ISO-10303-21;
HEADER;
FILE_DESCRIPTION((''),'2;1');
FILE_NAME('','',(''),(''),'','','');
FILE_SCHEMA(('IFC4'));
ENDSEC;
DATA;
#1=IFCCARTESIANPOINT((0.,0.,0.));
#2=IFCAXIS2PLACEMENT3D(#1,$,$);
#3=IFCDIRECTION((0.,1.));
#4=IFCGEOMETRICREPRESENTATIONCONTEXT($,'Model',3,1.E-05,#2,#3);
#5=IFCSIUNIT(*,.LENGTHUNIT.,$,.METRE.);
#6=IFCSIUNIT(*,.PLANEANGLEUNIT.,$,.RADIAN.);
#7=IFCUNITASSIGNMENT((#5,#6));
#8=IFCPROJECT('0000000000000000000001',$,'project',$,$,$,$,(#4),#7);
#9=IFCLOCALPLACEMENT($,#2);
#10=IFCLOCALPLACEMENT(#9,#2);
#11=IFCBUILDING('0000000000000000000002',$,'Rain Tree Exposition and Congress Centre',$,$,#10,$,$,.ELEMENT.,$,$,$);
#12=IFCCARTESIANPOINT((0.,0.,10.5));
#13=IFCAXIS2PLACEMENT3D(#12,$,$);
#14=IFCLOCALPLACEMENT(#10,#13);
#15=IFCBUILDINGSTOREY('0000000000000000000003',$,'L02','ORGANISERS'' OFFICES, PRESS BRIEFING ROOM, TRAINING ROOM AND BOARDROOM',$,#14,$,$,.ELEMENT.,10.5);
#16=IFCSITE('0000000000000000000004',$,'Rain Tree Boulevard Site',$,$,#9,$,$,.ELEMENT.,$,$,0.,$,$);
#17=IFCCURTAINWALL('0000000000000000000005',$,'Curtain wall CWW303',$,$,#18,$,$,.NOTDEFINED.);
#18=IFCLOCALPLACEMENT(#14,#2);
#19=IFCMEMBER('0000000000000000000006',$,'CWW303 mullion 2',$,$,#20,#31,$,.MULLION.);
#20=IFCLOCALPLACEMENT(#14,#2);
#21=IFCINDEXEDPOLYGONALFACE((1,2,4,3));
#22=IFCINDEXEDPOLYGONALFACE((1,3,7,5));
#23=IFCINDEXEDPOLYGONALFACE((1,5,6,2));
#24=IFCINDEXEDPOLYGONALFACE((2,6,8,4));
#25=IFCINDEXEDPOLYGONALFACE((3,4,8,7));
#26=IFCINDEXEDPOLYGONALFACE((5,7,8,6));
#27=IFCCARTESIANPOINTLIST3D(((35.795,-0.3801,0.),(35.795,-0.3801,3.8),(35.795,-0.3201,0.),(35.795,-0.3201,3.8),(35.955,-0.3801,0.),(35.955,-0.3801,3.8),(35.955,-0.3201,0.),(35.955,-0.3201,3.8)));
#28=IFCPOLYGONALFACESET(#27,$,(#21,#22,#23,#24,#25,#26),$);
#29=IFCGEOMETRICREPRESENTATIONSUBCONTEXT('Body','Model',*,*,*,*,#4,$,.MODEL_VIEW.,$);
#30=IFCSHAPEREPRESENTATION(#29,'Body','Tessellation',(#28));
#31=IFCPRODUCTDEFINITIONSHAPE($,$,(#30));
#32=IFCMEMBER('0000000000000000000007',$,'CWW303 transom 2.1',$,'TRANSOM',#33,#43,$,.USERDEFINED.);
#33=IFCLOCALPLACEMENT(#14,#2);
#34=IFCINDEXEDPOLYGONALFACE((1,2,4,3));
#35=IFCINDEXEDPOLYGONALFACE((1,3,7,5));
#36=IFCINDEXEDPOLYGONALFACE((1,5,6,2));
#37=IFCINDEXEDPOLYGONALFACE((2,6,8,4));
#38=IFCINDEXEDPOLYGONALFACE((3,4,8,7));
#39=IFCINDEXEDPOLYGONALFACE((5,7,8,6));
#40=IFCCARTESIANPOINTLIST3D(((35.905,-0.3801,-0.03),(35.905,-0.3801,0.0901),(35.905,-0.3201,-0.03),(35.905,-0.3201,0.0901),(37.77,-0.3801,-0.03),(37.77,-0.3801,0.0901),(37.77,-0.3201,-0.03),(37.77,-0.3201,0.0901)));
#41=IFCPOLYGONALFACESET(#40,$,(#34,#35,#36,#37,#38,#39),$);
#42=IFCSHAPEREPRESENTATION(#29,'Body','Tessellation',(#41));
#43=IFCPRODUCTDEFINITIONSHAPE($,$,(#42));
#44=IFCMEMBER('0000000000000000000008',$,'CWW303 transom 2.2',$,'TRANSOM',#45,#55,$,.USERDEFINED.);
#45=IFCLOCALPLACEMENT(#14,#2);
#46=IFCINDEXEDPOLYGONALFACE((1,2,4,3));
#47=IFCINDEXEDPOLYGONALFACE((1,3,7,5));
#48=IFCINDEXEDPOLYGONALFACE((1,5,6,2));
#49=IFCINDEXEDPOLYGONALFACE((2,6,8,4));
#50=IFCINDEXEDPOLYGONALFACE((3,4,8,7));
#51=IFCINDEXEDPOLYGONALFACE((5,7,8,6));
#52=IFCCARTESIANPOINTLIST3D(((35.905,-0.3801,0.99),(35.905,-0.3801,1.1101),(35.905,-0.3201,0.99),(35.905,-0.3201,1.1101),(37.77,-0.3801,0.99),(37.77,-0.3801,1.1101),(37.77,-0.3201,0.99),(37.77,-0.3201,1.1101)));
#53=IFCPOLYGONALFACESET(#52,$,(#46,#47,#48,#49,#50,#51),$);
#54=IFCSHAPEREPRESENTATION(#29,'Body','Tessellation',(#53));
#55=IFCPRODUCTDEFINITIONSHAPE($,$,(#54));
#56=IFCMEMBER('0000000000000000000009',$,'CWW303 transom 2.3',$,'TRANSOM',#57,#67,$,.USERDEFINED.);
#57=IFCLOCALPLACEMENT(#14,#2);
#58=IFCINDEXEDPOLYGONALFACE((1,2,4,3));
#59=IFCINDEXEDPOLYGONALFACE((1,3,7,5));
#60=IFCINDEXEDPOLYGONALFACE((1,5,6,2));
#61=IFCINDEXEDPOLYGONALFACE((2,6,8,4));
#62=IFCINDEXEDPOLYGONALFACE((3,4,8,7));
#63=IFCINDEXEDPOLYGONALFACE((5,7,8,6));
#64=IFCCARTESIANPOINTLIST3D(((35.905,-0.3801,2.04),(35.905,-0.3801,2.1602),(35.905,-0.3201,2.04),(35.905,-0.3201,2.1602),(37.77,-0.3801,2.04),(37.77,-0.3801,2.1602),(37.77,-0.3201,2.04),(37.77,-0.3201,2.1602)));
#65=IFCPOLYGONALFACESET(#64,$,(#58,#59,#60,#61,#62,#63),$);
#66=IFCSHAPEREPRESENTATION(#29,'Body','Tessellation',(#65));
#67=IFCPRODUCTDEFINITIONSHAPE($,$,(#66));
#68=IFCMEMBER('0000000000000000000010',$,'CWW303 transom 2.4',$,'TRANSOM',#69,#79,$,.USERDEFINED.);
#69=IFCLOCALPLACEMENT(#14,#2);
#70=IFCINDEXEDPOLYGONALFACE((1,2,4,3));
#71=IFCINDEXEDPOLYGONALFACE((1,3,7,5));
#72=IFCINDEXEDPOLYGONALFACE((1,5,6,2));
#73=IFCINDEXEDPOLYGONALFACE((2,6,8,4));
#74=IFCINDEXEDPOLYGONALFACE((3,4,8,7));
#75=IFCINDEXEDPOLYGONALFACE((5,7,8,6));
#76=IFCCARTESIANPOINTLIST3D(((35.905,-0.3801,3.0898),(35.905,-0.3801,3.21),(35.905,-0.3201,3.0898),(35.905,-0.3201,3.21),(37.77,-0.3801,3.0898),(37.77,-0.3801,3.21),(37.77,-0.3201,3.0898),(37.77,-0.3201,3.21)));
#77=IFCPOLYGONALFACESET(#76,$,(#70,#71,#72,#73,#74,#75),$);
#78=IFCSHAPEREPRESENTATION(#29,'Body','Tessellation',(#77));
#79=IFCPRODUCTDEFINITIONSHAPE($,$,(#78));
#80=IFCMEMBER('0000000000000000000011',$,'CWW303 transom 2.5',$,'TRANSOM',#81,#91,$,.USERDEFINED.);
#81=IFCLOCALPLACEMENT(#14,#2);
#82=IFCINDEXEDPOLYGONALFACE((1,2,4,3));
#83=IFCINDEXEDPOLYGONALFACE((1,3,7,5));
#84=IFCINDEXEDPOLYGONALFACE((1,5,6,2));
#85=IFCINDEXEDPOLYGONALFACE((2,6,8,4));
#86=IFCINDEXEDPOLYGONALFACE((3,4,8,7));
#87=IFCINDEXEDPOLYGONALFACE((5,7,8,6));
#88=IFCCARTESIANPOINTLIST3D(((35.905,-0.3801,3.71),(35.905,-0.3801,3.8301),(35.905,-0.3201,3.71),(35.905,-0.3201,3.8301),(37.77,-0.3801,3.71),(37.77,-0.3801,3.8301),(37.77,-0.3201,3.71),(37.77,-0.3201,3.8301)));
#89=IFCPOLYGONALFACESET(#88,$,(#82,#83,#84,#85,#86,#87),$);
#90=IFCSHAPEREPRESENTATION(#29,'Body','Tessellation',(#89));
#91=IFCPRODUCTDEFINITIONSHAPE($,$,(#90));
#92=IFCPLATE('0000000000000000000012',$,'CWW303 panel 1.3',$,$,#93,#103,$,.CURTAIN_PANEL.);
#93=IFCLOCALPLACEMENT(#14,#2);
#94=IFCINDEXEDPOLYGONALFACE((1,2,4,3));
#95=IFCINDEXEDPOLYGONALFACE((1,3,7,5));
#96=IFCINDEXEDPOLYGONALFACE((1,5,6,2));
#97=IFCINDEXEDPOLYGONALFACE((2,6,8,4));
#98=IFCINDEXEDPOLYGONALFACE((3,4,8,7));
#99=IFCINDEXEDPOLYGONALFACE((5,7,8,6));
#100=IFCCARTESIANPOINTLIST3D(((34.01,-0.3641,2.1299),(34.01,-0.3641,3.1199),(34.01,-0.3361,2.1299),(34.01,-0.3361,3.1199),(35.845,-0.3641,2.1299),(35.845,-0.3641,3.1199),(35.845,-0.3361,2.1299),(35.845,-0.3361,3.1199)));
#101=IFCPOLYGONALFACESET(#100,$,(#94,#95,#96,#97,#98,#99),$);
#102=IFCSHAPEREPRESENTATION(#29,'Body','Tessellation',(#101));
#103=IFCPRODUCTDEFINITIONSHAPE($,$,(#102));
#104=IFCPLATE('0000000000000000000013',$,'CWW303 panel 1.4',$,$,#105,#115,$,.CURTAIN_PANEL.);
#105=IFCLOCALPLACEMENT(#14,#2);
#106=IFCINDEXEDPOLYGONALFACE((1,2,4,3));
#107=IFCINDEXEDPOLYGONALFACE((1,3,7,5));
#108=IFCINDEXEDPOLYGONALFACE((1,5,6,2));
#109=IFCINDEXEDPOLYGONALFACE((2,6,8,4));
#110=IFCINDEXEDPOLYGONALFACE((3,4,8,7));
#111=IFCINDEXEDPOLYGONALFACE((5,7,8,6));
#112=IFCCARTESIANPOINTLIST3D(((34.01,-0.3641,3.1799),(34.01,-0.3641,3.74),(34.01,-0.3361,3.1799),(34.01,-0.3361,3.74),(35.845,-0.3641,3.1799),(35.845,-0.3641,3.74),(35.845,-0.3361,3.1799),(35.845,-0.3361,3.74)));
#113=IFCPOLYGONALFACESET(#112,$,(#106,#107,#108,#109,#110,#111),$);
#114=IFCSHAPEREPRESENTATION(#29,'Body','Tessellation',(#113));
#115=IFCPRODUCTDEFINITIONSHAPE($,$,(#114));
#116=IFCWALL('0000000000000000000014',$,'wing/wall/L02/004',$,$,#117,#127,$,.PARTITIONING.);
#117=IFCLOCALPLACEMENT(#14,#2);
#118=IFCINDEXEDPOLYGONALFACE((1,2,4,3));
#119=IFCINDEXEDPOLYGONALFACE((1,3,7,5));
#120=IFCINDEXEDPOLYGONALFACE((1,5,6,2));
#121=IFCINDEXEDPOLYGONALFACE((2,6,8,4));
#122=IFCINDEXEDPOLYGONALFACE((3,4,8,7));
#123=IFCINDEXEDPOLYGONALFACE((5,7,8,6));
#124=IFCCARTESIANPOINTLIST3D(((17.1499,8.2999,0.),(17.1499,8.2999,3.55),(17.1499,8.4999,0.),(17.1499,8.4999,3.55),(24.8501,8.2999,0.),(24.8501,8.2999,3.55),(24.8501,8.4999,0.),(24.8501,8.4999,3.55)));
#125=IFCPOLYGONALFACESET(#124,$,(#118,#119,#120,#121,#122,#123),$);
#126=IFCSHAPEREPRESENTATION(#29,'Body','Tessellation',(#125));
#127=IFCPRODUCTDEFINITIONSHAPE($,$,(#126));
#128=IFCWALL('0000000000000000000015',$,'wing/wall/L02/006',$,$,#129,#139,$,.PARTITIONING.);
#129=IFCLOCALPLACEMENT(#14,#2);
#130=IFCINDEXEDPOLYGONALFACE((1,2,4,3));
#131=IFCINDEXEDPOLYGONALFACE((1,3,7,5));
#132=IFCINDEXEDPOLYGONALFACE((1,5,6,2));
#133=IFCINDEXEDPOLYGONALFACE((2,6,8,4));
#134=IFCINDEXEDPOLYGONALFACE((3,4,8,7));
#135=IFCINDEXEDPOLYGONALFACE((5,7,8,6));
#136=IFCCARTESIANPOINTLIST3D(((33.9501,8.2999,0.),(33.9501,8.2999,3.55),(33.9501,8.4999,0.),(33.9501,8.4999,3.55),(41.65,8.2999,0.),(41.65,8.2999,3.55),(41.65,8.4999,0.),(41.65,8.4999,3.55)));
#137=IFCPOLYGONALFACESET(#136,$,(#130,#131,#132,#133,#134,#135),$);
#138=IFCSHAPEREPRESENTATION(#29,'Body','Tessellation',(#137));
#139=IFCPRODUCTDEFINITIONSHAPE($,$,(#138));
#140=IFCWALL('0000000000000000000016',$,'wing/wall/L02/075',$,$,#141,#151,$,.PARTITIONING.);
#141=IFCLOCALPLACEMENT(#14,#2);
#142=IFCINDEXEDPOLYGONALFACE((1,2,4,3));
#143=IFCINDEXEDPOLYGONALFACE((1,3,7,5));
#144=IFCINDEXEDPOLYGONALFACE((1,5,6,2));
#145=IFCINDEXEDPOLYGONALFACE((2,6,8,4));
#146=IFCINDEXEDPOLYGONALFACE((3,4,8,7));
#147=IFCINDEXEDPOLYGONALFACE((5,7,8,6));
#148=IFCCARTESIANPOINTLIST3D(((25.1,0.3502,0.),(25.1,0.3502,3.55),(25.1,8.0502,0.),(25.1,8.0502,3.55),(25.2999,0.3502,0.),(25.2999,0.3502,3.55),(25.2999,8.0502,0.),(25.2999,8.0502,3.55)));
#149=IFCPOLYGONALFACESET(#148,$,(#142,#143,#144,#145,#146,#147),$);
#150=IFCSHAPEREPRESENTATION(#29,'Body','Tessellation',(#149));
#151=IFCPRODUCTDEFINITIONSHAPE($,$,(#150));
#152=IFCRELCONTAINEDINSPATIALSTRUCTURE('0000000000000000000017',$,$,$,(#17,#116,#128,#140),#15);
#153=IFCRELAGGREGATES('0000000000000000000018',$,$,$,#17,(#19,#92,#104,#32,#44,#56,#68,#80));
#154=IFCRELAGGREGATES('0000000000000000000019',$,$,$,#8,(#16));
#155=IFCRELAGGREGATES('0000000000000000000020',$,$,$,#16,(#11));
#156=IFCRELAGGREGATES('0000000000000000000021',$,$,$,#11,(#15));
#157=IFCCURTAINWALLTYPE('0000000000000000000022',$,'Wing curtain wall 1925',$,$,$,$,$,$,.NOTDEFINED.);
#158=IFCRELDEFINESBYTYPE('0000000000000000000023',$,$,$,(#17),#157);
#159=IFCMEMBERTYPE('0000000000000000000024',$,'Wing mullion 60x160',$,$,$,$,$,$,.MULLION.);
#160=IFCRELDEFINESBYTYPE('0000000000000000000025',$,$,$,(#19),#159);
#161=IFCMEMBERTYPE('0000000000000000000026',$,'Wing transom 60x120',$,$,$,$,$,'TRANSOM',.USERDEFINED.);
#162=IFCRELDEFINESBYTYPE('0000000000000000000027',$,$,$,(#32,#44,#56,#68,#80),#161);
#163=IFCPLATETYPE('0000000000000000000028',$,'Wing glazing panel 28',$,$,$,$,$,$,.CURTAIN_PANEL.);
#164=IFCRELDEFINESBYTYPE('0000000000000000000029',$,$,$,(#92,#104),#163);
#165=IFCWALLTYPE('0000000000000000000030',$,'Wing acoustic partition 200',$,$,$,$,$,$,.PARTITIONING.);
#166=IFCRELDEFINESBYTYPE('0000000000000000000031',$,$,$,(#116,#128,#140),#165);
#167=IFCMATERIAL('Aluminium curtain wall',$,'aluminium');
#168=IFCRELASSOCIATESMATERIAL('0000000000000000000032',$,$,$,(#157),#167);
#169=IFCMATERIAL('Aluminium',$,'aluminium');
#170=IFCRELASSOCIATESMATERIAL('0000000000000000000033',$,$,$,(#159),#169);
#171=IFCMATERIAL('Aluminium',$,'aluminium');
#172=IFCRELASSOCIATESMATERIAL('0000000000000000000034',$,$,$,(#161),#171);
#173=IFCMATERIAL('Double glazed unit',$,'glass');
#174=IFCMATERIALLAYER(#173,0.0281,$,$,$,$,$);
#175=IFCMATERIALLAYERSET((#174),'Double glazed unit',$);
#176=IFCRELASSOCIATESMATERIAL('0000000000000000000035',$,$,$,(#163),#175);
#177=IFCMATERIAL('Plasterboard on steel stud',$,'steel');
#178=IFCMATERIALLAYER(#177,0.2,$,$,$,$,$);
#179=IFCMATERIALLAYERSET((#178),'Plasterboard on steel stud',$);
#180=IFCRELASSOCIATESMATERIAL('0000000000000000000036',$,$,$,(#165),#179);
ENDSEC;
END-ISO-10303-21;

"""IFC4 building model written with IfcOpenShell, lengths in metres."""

from ifc_helpers import new_model, si_unit, direction, frame, frame_2d, origin, origin_2d, place, context, subcontext, project, spatial, rectangle, extrude, material, layer, layer_set, material_profile, profile_set, type_object, element, aggregate, save


model = new_model("IFC4")

# Units and contexts
model_context = context("Model", 3, precision=1e-05, world=origin(), true_north=direction((0.0, 1.0)))
body_context = subcontext(model_context, "Body", "Model", "MODEL_VIEW")
ifc_project = project(units=[si_unit("LENGTHUNIT", "METRE"), si_unit("PLANEANGLEUNIT", "RADIAN")], contexts=[model_context])

# Site, building, storey
site_placement = place(None, origin())
site = spatial("IfcSite", under=ifc_project, at=site_placement, Name="Rain Tree Boulevard Site", CompositionType="ELEMENT", RefElevation=0.0)
building_placement = place(site_placement, origin())
building = spatial("IfcBuilding", under=site, at=building_placement, Name="Rain Tree Exposition and Congress Centre", CompositionType="ELEMENT")
storey_placement = place(building_placement, frame((0.0, 0.0, 10.5)))
storey = spatial("IfcBuildingStorey", under=building, at=storey_placement, Name="L02", Description="ORGANISERS' OFFICES, PRESS BRIEFING ROOM, TRAINING ROOM AND BOARDROOM", CompositionType="ELEMENT", Elevation=10.5)

# Curtain wall, members, plates
ifc_material_1 = material(Name="Aluminium curtain wall", Category="aluminium")
curtain_wall_type = type_object("IfcCurtainWallType", Name="Wing curtain wall 1925", PredefinedType="NOTDEFINED", material=ifc_material_1)
curtain_wall_placement = place(storey_placement, origin())
curtain_wall = element("IfcCurtainWall", 1, at=curtain_wall_placement, inside=storey, type_object=curtain_wall_type, Name="Curtain wall CWW303", PredefinedType="NOTDEFINED")
ifc_material_2 = material(Name="Aluminium", Category="aluminium")
ifc_material_profile_1 = material_profile(ifc_material_2, rectangle(XDim=0.0601, YDim=0.1599, at=origin_2d()), Name="Aluminium 60x160")
ifc_profile_set_1 = profile_set([ifc_material_profile_1], Name="Aluminium")
member_type_1 = type_object("IfcMemberType", Name="Wing mullion 60x160", PredefinedType="MULLION", material=ifc_profile_set_1)
member_1_placement = place(storey_placement, frame((35.875, -0.3501, 0.0), z_axis=(0.0, 0.0, 1.0), x_axis=(0.0, 1.0, 0.0)))
member_1 = element("IfcMember", 2, at=member_1_placement, type_object=member_type_1, Name="CWW303 mullion 2", PredefinedType="MULLION", context=body_context, shape_type="SweptSolid", body=[
    extrude(rectangle(XDim=0.0601, YDim=0.1599, at=origin_2d()), origin(), (0.0, 0.0, 1.0), 3.8),
])
ifc_material_3 = material(Name="Aluminium", Category="aluminium")
ifc_material_profile_2 = material_profile(ifc_material_3, rectangle(XDim=0.0601, YDim=0.1201, at=origin_2d()), Name="Aluminium 60x120")
ifc_profile_set_2 = profile_set([ifc_material_profile_2], Name="Aluminium")
member_type_2 = type_object("IfcMemberType", Name="Wing transom 60x120", ElementType="TRANSOM", PredefinedType="USERDEFINED", material=ifc_profile_set_2)
member_2_placement = place(storey_placement, frame((35.905, -0.3501, 0.03), z_axis=(1.0, 0.0, 0.0), x_axis=(0.0, 1.0, 0.0)))
member_2 = element("IfcMember", 3, at=member_2_placement, type_object=member_type_2, Name="CWW303 transom 2.1", ObjectType="TRANSOM", PredefinedType="USERDEFINED", context=body_context, shape_type="SweptSolid", body=[
    extrude(rectangle(XDim=0.0601, YDim=0.1201, at=origin_2d()), origin(), (0.0, 0.0, 1.0), 1.865),
])
member_3_placement = place(storey_placement, frame((35.905, -0.3501, 1.05), z_axis=(1.0, 0.0, 0.0), x_axis=(0.0, 1.0, 0.0)))
member_3 = element("IfcMember", 4, at=member_3_placement, type_object=member_type_2, Name="CWW303 transom 2.2", ObjectType="TRANSOM", PredefinedType="USERDEFINED", context=body_context, shape_type="SweptSolid", body=[
    extrude(rectangle(XDim=0.0601, YDim=0.1201, at=origin_2d()), origin(), (0.0, 0.0, 1.0), 1.865),
])
member_4_placement = place(storey_placement, frame((35.905, -0.3501, 2.1001), z_axis=(1.0, 0.0, 0.0), x_axis=(0.0, 1.0, 0.0)))
member_4 = element("IfcMember", 5, at=member_4_placement, type_object=member_type_2, Name="CWW303 transom 2.3", ObjectType="TRANSOM", PredefinedType="USERDEFINED", context=body_context, shape_type="SweptSolid", body=[
    extrude(rectangle(XDim=0.0601, YDim=0.1201, at=origin_2d()), origin(), (0.0, 0.0, 1.0), 1.865),
])
member_5_placement = place(storey_placement, frame((35.905, -0.3501, 3.1499), z_axis=(1.0, 0.0, 0.0), x_axis=(0.0, 1.0, 0.0)))
member_5 = element("IfcMember", 6, at=member_5_placement, type_object=member_type_2, Name="CWW303 transom 2.4", ObjectType="TRANSOM", PredefinedType="USERDEFINED", context=body_context, shape_type="SweptSolid", body=[
    extrude(rectangle(XDim=0.0601, YDim=0.1201, at=origin_2d()), origin(), (0.0, 0.0, 1.0), 1.865),
])
member_6_placement = place(storey_placement, frame((35.905, -0.3501, 3.77), z_axis=(1.0, 0.0, 0.0), x_axis=(0.0, 1.0, 0.0)))
member_6 = element("IfcMember", 7, at=member_6_placement, type_object=member_type_2, Name="CWW303 transom 2.5", ObjectType="TRANSOM", PredefinedType="USERDEFINED", context=body_context, shape_type="SweptSolid", body=[
    extrude(rectangle(XDim=0.0601, YDim=0.1201, at=origin_2d()), origin(), (0.0, 0.0, 1.0), 1.865),
])
ifc_material_4 = material(Name="Double glazed unit", Category="glass")
ifc_layer_1 = layer(ifc_material_4, 0.0281)
ifc_layer_set_1 = layer_set([ifc_layer_1], Name="Double glazed unit")
plate_type = type_object("IfcPlateType", Name="Wing glazing panel 28", PredefinedType="CURTAIN_PANEL", material=ifc_layer_set_1)
plate_1_placement = place(storey_placement, frame((34.9275, -0.3501, 2.1299), z_axis=(0.0, 0.0, 1.0), x_axis=(1.0, 0.0, 0.0)))
plate_1 = element("IfcPlate", 8, at=plate_1_placement, type_object=plate_type, Name="CWW303 panel 1.3", PredefinedType="CURTAIN_PANEL", context=body_context, shape_type="SweptSolid", body=[
    extrude(rectangle(XDim=1.835, YDim=0.0281, at=origin_2d()), origin(), (0.0, 0.0, 1.0), 0.99),
])
plate_2_placement = place(storey_placement, frame((34.9275, -0.3501, 3.1799), z_axis=(0.0, 0.0, 1.0), x_axis=(1.0, 0.0, 0.0)))
plate_2 = element("IfcPlate", 9, at=plate_2_placement, type_object=plate_type, Name="CWW303 panel 1.4", PredefinedType="CURTAIN_PANEL", context=body_context, shape_type="SweptSolid", body=[
    extrude(rectangle(XDim=1.835, YDim=0.0281, at=origin_2d()), origin(), (0.0, 0.0, 1.0), 0.5601),
])
aggregate(curtain_wall, [member_1, plate_1, plate_2, member_2, member_3, member_4, member_5, member_6])

# Wall
ifc_material_5 = material(Name="Plasterboard on steel stud", Category="steel")
ifc_layer_2 = layer(ifc_material_5, 0.2)
ifc_layer_set_2 = layer_set([ifc_layer_2], Name="Plasterboard on steel stud")
wall_type = type_object("IfcWallType", Name="Wing acoustic partition 200", PredefinedType="PARTITIONING", material=ifc_layer_set_2)
wall_1_placement = place(storey_placement, frame((17.1499, 8.3999, 0.0), z_axis=(0.0, 0.0, 1.0), x_axis=(1.0, 0.0, 0.0)))
element("IfcWall", 10, at=wall_1_placement, inside=storey, type_object=wall_type, Name="wing/wall/L02/004", PredefinedType="PARTITIONING", context=body_context, shape_type="SweptSolid", body=[
    extrude(rectangle(XDim=7.7002, YDim=0.2, at=frame_2d((3.8501, 0.0))), origin(), (0.0, 0.0, 1.0), 3.55),
])

# Wall
wall_2_placement = place(storey_placement, frame((33.95, 8.3999, 0.0), z_axis=(0.0, 0.0, 1.0), x_axis=(1.0, 0.0, 0.0)))
element("IfcWall", 11, at=wall_2_placement, inside=storey, type_object=wall_type, Name="wing/wall/L02/006", PredefinedType="PARTITIONING", context=body_context, shape_type="SweptSolid", body=[
    extrude(rectangle(XDim=7.7, YDim=0.2, at=frame_2d((3.8501, 0.0))), origin(), (0.0, 0.0, 1.0), 3.55),
])

# Wall
wall_3_placement = place(storey_placement, frame((25.2, 0.3501, 0.0), z_axis=(0.0, 0.0, 1.0), x_axis=(0.0, 1.0, 0.0)))
element("IfcWall", 12, at=wall_3_placement, inside=storey, type_object=wall_type, Name="wing/wall/L02/075", PredefinedType="PARTITIONING", context=body_context, shape_type="SweptSolid", body=[
    extrude(rectangle(XDim=7.7, YDim=0.2, at=frame_2d((3.8501, 0.0))), origin(), (0.0, 0.0, 1.0), 3.55),
])

save(model, "model.ifc")
